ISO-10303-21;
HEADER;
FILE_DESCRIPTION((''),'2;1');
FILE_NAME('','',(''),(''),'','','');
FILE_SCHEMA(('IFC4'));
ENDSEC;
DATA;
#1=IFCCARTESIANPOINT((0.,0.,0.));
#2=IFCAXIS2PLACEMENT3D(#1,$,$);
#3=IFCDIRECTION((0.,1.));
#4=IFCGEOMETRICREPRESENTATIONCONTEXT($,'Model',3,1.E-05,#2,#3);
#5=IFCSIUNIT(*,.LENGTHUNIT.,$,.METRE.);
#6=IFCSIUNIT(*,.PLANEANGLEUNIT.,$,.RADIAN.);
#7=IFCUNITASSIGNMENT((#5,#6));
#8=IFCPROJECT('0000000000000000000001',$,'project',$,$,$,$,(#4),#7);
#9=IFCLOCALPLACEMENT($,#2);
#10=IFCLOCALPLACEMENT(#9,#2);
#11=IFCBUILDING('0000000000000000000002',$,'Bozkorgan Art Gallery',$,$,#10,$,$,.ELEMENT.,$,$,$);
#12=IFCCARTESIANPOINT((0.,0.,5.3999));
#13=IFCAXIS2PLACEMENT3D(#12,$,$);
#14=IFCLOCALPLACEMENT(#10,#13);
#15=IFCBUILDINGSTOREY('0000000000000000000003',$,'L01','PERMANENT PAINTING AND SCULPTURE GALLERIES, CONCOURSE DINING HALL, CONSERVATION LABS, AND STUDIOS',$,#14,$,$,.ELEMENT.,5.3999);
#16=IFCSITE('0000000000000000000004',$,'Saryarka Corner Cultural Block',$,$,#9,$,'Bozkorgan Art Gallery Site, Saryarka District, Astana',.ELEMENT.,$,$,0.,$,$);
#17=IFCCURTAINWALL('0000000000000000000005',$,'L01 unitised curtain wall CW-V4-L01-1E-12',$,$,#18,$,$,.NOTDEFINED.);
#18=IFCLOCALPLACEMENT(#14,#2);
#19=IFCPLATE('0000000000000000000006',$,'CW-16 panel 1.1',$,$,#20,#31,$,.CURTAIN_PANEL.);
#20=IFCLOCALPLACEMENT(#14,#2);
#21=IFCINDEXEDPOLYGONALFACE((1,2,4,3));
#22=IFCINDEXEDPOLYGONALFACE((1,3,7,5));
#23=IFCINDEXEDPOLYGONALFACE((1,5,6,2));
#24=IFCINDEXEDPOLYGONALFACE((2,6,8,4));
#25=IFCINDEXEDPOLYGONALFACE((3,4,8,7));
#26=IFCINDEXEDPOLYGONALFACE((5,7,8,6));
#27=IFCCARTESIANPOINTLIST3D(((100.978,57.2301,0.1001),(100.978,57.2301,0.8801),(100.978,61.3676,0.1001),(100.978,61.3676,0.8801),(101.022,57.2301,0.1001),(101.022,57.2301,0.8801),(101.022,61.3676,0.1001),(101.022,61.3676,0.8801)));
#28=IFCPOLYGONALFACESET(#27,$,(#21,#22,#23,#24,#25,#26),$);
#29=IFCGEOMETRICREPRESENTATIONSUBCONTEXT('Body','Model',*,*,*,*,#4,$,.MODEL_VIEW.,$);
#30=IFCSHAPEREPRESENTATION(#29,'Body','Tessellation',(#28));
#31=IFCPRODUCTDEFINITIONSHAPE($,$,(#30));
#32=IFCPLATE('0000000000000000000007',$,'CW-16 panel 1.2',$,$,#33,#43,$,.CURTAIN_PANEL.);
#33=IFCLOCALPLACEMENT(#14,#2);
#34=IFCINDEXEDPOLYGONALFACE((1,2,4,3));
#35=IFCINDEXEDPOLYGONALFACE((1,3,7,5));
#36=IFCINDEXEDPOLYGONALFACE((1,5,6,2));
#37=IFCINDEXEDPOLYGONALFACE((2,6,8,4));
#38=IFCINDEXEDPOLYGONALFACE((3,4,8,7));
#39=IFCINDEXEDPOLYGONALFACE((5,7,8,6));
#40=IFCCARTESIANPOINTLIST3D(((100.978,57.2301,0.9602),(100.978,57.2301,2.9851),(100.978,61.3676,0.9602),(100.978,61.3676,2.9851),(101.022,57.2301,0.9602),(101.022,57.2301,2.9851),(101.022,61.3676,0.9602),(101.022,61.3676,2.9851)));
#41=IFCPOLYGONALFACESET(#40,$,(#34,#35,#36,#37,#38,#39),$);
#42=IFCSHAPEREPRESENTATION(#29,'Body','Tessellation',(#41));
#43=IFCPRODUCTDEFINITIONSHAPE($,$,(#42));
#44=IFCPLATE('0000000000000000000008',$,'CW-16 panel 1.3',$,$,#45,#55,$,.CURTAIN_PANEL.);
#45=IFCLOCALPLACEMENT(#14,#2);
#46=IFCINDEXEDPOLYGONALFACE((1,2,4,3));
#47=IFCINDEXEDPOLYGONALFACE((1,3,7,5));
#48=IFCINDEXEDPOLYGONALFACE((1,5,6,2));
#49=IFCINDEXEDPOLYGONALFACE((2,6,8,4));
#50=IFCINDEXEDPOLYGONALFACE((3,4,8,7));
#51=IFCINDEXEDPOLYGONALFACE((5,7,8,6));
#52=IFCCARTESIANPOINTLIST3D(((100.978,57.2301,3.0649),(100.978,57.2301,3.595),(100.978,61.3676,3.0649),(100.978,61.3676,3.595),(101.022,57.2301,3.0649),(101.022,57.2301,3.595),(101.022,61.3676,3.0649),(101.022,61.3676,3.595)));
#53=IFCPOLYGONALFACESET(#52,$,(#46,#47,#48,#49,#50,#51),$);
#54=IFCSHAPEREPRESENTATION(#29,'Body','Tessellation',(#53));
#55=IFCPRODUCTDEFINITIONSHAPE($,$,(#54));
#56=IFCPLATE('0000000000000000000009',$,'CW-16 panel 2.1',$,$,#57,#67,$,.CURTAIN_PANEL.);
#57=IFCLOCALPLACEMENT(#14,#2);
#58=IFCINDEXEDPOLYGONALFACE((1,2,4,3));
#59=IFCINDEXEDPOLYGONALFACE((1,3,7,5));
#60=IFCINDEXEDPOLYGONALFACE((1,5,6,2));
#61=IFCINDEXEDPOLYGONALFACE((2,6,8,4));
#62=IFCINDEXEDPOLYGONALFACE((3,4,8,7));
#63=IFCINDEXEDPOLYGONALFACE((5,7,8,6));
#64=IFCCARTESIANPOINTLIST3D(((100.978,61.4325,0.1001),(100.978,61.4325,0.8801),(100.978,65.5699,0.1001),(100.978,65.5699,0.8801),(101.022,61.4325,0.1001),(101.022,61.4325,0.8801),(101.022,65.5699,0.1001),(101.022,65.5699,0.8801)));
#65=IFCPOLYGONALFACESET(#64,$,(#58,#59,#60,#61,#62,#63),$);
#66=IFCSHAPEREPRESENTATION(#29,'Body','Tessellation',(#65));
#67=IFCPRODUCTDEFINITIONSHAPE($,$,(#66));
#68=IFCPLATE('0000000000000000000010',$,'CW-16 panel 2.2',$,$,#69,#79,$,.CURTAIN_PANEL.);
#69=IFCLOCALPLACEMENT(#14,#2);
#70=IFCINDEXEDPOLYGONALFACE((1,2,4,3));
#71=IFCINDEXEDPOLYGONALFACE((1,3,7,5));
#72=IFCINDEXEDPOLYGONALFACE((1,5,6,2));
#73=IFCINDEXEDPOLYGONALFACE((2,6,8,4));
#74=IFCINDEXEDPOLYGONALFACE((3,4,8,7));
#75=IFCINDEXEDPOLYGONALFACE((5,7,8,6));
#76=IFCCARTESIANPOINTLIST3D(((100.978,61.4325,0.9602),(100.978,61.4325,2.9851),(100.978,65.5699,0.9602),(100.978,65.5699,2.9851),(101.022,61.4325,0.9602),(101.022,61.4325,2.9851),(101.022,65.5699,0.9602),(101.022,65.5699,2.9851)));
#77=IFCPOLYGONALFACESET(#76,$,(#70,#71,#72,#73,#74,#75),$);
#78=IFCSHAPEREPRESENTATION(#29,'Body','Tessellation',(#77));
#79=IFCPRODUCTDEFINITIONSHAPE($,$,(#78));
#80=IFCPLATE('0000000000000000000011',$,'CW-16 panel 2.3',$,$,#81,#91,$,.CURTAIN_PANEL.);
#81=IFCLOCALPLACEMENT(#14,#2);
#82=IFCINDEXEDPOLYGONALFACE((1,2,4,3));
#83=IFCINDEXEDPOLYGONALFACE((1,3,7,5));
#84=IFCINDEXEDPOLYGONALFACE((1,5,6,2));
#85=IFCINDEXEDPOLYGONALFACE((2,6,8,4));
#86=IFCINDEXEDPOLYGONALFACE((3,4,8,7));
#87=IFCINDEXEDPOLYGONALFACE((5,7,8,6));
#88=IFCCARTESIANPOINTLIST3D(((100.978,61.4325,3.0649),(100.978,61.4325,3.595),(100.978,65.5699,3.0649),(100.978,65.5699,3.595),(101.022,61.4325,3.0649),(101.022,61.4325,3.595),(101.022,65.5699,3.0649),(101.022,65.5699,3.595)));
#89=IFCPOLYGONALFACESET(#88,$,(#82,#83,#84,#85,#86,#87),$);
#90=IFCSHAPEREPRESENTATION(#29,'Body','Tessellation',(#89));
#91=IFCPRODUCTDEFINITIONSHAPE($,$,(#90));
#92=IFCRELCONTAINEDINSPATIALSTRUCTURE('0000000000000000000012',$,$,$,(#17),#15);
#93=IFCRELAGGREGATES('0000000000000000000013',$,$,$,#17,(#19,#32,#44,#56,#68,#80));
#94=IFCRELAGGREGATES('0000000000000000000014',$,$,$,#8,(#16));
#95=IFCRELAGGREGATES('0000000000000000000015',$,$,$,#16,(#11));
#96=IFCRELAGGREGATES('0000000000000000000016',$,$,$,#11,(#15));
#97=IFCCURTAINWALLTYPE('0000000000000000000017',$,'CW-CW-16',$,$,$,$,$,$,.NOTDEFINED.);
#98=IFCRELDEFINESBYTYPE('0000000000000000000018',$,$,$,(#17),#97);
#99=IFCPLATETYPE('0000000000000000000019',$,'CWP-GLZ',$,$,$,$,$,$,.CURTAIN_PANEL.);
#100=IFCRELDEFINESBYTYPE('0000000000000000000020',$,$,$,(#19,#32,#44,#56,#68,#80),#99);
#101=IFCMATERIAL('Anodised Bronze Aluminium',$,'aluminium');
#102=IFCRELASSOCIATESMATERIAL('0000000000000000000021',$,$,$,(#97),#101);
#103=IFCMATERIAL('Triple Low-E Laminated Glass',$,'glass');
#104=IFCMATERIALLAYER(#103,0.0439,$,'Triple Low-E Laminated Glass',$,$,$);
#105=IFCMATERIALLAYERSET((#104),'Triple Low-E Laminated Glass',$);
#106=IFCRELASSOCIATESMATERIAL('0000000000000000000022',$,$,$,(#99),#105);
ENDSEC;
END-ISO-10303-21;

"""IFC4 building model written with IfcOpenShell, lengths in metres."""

from ifc_helpers import new_model, si_unit, direction, frame, origin, origin_2d, place, context, subcontext, project, spatial, rectangle, extrude, material, layer, layer_set, type_object, element, aggregate, save


model = new_model("IFC4")

# Units and contexts
model_context = context("Model", 3, precision=1e-05, world=origin(), true_north=direction((0.0, 1.0)))
body_context = subcontext(model_context, "Body", "Model", "MODEL_VIEW")
ifc_project = project(units=[si_unit("LENGTHUNIT", "METRE"), si_unit("PLANEANGLEUNIT", "RADIAN")], contexts=[model_context])

# Site, building, storey
site_placement = place(None, origin())
site = spatial("IfcSite", under=ifc_project, at=site_placement, Name="Saryarka Corner Cultural Block", LongName="Bozkorgan Art Gallery Site, Saryarka District, Astana", CompositionType="ELEMENT", RefElevation=0.0)
building_placement = place(site_placement, origin())
building = spatial("IfcBuilding", under=site, at=building_placement, Name="Bozkorgan Art Gallery", CompositionType="ELEMENT")
storey_placement = place(building_placement, frame((0.0, 0.0, 5.3999)))
storey = spatial("IfcBuildingStorey", under=building, at=storey_placement, Name="L01", Description="PERMANENT PAINTING AND SCULPTURE GALLERIES, CONCOURSE DINING HALL, CONSERVATION LABS, AND STUDIOS", CompositionType="ELEMENT", Elevation=5.3999)

# Curtain wall, plates
ifc_material_1 = material(Name="Anodised Bronze Aluminium", Category="aluminium")
curtain_wall_type = type_object("IfcCurtainWallType", Name="CW-CW-16", PredefinedType="NOTDEFINED", material=ifc_material_1)
curtain_wall_placement = place(storey_placement, origin())
curtain_wall = element("IfcCurtainWall", 1, at=curtain_wall_placement, inside=storey, type_object=curtain_wall_type, Name="L01 unitised curtain wall CW-V4-L01-1E-12", PredefinedType="NOTDEFINED")
ifc_material_2 = material(Name="Triple Low-E Laminated Glass", Category="glass")
ifc_layer = layer(ifc_material_2, 0.0439, Name="Triple Low-E Laminated Glass")
ifc_layer_set = layer_set([ifc_layer], Name="Triple Low-E Laminated Glass")
plate_type = type_object("IfcPlateType", Name="CWP-GLZ", PredefinedType="CURTAIN_PANEL", material=ifc_layer_set)
plate_1_placement = place(storey_placement, frame((101.0, 59.2988, 0.1001), z_axis=(0.0, 0.0, 1.0), x_axis=(0.0, 1.0, 0.0)))
plate_1 = element("IfcPlate", 2, at=plate_1_placement, type_object=plate_type, Name="CW-16 panel 1.1", PredefinedType="CURTAIN_PANEL", context=body_context, shape_type="SweptSolid", body=[
    extrude(rectangle(XDim=4.1375, YDim=0.0439, at=origin_2d()), origin(), (0.0, 0.0, 1.0), 0.78),
])
plate_2_placement = place(storey_placement, frame((101.0, 59.2988, 0.9602), z_axis=(0.0, 0.0, 1.0), x_axis=(0.0, 1.0, 0.0)))
plate_2 = element("IfcPlate", 3, at=plate_2_placement, type_object=plate_type, Name="CW-16 panel 1.2", PredefinedType="CURTAIN_PANEL", context=body_context, shape_type="SweptSolid", body=[
    extrude(rectangle(XDim=4.1375, YDim=0.0439, at=origin_2d()), origin(), (0.0, 0.0, 1.0), 2.0249),
])
plate_3_placement = place(storey_placement, frame((101.0, 59.2988, 3.0649), z_axis=(0.0, 0.0, 1.0), x_axis=(0.0, 1.0, 0.0)))
plate_3 = element("IfcPlate", 4, at=plate_3_placement, type_object=plate_type, Name="CW-16 panel 1.3", PredefinedType="CURTAIN_PANEL", context=body_context, shape_type="SweptSolid", body=[
    extrude(rectangle(XDim=4.1375, YDim=0.0439, at=origin_2d()), origin(), (0.0, 0.0, 1.0), 0.53),
])
plate_4_placement = place(storey_placement, frame((101.0, 63.5012, 0.1001), z_axis=(0.0, 0.0, 1.0), x_axis=(0.0, 1.0, 0.0)))
plate_4 = element("IfcPlate", 5, at=plate_4_placement, type_object=plate_type, Name="CW-16 panel 2.1", PredefinedType="CURTAIN_PANEL", context=body_context, shape_type="SweptSolid", body=[
    extrude(rectangle(XDim=4.1375, YDim=0.0439, at=origin_2d()), origin(), (0.0, 0.0, 1.0), 0.78),
])
plate_5_placement = place(storey_placement, frame((101.0, 63.5012, 0.9602), z_axis=(0.0, 0.0, 1.0), x_axis=(0.0, 1.0, 0.0)))
plate_5 = element("IfcPlate", 6, at=plate_5_placement, type_object=plate_type, Name="CW-16 panel 2.2", PredefinedType="CURTAIN_PANEL", context=body_context, shape_type="SweptSolid", body=[
    extrude(rectangle(XDim=4.1375, YDim=0.0439, at=origin_2d()), origin(), (0.0, 0.0, 1.0), 2.0249),
])
plate_6_placement = place(storey_placement, frame((101.0, 63.5012, 3.0649), z_axis=(0.0, 0.0, 1.0), x_axis=(0.0, 1.0, 0.0)))
plate_6 = element("IfcPlate", 7, at=plate_6_placement, type_object=plate_type, Name="CW-16 panel 2.3", PredefinedType="CURTAIN_PANEL", context=body_context, shape_type="SweptSolid", body=[
    extrude(rectangle(XDim=4.1375, YDim=0.0439, at=origin_2d()), origin(), (0.0, 0.0, 1.0), 0.53),
])
aggregate(curtain_wall, [plate_1, plate_2, plate_3, plate_4, plate_5, plate_6])

save(model, "model.ifc")
